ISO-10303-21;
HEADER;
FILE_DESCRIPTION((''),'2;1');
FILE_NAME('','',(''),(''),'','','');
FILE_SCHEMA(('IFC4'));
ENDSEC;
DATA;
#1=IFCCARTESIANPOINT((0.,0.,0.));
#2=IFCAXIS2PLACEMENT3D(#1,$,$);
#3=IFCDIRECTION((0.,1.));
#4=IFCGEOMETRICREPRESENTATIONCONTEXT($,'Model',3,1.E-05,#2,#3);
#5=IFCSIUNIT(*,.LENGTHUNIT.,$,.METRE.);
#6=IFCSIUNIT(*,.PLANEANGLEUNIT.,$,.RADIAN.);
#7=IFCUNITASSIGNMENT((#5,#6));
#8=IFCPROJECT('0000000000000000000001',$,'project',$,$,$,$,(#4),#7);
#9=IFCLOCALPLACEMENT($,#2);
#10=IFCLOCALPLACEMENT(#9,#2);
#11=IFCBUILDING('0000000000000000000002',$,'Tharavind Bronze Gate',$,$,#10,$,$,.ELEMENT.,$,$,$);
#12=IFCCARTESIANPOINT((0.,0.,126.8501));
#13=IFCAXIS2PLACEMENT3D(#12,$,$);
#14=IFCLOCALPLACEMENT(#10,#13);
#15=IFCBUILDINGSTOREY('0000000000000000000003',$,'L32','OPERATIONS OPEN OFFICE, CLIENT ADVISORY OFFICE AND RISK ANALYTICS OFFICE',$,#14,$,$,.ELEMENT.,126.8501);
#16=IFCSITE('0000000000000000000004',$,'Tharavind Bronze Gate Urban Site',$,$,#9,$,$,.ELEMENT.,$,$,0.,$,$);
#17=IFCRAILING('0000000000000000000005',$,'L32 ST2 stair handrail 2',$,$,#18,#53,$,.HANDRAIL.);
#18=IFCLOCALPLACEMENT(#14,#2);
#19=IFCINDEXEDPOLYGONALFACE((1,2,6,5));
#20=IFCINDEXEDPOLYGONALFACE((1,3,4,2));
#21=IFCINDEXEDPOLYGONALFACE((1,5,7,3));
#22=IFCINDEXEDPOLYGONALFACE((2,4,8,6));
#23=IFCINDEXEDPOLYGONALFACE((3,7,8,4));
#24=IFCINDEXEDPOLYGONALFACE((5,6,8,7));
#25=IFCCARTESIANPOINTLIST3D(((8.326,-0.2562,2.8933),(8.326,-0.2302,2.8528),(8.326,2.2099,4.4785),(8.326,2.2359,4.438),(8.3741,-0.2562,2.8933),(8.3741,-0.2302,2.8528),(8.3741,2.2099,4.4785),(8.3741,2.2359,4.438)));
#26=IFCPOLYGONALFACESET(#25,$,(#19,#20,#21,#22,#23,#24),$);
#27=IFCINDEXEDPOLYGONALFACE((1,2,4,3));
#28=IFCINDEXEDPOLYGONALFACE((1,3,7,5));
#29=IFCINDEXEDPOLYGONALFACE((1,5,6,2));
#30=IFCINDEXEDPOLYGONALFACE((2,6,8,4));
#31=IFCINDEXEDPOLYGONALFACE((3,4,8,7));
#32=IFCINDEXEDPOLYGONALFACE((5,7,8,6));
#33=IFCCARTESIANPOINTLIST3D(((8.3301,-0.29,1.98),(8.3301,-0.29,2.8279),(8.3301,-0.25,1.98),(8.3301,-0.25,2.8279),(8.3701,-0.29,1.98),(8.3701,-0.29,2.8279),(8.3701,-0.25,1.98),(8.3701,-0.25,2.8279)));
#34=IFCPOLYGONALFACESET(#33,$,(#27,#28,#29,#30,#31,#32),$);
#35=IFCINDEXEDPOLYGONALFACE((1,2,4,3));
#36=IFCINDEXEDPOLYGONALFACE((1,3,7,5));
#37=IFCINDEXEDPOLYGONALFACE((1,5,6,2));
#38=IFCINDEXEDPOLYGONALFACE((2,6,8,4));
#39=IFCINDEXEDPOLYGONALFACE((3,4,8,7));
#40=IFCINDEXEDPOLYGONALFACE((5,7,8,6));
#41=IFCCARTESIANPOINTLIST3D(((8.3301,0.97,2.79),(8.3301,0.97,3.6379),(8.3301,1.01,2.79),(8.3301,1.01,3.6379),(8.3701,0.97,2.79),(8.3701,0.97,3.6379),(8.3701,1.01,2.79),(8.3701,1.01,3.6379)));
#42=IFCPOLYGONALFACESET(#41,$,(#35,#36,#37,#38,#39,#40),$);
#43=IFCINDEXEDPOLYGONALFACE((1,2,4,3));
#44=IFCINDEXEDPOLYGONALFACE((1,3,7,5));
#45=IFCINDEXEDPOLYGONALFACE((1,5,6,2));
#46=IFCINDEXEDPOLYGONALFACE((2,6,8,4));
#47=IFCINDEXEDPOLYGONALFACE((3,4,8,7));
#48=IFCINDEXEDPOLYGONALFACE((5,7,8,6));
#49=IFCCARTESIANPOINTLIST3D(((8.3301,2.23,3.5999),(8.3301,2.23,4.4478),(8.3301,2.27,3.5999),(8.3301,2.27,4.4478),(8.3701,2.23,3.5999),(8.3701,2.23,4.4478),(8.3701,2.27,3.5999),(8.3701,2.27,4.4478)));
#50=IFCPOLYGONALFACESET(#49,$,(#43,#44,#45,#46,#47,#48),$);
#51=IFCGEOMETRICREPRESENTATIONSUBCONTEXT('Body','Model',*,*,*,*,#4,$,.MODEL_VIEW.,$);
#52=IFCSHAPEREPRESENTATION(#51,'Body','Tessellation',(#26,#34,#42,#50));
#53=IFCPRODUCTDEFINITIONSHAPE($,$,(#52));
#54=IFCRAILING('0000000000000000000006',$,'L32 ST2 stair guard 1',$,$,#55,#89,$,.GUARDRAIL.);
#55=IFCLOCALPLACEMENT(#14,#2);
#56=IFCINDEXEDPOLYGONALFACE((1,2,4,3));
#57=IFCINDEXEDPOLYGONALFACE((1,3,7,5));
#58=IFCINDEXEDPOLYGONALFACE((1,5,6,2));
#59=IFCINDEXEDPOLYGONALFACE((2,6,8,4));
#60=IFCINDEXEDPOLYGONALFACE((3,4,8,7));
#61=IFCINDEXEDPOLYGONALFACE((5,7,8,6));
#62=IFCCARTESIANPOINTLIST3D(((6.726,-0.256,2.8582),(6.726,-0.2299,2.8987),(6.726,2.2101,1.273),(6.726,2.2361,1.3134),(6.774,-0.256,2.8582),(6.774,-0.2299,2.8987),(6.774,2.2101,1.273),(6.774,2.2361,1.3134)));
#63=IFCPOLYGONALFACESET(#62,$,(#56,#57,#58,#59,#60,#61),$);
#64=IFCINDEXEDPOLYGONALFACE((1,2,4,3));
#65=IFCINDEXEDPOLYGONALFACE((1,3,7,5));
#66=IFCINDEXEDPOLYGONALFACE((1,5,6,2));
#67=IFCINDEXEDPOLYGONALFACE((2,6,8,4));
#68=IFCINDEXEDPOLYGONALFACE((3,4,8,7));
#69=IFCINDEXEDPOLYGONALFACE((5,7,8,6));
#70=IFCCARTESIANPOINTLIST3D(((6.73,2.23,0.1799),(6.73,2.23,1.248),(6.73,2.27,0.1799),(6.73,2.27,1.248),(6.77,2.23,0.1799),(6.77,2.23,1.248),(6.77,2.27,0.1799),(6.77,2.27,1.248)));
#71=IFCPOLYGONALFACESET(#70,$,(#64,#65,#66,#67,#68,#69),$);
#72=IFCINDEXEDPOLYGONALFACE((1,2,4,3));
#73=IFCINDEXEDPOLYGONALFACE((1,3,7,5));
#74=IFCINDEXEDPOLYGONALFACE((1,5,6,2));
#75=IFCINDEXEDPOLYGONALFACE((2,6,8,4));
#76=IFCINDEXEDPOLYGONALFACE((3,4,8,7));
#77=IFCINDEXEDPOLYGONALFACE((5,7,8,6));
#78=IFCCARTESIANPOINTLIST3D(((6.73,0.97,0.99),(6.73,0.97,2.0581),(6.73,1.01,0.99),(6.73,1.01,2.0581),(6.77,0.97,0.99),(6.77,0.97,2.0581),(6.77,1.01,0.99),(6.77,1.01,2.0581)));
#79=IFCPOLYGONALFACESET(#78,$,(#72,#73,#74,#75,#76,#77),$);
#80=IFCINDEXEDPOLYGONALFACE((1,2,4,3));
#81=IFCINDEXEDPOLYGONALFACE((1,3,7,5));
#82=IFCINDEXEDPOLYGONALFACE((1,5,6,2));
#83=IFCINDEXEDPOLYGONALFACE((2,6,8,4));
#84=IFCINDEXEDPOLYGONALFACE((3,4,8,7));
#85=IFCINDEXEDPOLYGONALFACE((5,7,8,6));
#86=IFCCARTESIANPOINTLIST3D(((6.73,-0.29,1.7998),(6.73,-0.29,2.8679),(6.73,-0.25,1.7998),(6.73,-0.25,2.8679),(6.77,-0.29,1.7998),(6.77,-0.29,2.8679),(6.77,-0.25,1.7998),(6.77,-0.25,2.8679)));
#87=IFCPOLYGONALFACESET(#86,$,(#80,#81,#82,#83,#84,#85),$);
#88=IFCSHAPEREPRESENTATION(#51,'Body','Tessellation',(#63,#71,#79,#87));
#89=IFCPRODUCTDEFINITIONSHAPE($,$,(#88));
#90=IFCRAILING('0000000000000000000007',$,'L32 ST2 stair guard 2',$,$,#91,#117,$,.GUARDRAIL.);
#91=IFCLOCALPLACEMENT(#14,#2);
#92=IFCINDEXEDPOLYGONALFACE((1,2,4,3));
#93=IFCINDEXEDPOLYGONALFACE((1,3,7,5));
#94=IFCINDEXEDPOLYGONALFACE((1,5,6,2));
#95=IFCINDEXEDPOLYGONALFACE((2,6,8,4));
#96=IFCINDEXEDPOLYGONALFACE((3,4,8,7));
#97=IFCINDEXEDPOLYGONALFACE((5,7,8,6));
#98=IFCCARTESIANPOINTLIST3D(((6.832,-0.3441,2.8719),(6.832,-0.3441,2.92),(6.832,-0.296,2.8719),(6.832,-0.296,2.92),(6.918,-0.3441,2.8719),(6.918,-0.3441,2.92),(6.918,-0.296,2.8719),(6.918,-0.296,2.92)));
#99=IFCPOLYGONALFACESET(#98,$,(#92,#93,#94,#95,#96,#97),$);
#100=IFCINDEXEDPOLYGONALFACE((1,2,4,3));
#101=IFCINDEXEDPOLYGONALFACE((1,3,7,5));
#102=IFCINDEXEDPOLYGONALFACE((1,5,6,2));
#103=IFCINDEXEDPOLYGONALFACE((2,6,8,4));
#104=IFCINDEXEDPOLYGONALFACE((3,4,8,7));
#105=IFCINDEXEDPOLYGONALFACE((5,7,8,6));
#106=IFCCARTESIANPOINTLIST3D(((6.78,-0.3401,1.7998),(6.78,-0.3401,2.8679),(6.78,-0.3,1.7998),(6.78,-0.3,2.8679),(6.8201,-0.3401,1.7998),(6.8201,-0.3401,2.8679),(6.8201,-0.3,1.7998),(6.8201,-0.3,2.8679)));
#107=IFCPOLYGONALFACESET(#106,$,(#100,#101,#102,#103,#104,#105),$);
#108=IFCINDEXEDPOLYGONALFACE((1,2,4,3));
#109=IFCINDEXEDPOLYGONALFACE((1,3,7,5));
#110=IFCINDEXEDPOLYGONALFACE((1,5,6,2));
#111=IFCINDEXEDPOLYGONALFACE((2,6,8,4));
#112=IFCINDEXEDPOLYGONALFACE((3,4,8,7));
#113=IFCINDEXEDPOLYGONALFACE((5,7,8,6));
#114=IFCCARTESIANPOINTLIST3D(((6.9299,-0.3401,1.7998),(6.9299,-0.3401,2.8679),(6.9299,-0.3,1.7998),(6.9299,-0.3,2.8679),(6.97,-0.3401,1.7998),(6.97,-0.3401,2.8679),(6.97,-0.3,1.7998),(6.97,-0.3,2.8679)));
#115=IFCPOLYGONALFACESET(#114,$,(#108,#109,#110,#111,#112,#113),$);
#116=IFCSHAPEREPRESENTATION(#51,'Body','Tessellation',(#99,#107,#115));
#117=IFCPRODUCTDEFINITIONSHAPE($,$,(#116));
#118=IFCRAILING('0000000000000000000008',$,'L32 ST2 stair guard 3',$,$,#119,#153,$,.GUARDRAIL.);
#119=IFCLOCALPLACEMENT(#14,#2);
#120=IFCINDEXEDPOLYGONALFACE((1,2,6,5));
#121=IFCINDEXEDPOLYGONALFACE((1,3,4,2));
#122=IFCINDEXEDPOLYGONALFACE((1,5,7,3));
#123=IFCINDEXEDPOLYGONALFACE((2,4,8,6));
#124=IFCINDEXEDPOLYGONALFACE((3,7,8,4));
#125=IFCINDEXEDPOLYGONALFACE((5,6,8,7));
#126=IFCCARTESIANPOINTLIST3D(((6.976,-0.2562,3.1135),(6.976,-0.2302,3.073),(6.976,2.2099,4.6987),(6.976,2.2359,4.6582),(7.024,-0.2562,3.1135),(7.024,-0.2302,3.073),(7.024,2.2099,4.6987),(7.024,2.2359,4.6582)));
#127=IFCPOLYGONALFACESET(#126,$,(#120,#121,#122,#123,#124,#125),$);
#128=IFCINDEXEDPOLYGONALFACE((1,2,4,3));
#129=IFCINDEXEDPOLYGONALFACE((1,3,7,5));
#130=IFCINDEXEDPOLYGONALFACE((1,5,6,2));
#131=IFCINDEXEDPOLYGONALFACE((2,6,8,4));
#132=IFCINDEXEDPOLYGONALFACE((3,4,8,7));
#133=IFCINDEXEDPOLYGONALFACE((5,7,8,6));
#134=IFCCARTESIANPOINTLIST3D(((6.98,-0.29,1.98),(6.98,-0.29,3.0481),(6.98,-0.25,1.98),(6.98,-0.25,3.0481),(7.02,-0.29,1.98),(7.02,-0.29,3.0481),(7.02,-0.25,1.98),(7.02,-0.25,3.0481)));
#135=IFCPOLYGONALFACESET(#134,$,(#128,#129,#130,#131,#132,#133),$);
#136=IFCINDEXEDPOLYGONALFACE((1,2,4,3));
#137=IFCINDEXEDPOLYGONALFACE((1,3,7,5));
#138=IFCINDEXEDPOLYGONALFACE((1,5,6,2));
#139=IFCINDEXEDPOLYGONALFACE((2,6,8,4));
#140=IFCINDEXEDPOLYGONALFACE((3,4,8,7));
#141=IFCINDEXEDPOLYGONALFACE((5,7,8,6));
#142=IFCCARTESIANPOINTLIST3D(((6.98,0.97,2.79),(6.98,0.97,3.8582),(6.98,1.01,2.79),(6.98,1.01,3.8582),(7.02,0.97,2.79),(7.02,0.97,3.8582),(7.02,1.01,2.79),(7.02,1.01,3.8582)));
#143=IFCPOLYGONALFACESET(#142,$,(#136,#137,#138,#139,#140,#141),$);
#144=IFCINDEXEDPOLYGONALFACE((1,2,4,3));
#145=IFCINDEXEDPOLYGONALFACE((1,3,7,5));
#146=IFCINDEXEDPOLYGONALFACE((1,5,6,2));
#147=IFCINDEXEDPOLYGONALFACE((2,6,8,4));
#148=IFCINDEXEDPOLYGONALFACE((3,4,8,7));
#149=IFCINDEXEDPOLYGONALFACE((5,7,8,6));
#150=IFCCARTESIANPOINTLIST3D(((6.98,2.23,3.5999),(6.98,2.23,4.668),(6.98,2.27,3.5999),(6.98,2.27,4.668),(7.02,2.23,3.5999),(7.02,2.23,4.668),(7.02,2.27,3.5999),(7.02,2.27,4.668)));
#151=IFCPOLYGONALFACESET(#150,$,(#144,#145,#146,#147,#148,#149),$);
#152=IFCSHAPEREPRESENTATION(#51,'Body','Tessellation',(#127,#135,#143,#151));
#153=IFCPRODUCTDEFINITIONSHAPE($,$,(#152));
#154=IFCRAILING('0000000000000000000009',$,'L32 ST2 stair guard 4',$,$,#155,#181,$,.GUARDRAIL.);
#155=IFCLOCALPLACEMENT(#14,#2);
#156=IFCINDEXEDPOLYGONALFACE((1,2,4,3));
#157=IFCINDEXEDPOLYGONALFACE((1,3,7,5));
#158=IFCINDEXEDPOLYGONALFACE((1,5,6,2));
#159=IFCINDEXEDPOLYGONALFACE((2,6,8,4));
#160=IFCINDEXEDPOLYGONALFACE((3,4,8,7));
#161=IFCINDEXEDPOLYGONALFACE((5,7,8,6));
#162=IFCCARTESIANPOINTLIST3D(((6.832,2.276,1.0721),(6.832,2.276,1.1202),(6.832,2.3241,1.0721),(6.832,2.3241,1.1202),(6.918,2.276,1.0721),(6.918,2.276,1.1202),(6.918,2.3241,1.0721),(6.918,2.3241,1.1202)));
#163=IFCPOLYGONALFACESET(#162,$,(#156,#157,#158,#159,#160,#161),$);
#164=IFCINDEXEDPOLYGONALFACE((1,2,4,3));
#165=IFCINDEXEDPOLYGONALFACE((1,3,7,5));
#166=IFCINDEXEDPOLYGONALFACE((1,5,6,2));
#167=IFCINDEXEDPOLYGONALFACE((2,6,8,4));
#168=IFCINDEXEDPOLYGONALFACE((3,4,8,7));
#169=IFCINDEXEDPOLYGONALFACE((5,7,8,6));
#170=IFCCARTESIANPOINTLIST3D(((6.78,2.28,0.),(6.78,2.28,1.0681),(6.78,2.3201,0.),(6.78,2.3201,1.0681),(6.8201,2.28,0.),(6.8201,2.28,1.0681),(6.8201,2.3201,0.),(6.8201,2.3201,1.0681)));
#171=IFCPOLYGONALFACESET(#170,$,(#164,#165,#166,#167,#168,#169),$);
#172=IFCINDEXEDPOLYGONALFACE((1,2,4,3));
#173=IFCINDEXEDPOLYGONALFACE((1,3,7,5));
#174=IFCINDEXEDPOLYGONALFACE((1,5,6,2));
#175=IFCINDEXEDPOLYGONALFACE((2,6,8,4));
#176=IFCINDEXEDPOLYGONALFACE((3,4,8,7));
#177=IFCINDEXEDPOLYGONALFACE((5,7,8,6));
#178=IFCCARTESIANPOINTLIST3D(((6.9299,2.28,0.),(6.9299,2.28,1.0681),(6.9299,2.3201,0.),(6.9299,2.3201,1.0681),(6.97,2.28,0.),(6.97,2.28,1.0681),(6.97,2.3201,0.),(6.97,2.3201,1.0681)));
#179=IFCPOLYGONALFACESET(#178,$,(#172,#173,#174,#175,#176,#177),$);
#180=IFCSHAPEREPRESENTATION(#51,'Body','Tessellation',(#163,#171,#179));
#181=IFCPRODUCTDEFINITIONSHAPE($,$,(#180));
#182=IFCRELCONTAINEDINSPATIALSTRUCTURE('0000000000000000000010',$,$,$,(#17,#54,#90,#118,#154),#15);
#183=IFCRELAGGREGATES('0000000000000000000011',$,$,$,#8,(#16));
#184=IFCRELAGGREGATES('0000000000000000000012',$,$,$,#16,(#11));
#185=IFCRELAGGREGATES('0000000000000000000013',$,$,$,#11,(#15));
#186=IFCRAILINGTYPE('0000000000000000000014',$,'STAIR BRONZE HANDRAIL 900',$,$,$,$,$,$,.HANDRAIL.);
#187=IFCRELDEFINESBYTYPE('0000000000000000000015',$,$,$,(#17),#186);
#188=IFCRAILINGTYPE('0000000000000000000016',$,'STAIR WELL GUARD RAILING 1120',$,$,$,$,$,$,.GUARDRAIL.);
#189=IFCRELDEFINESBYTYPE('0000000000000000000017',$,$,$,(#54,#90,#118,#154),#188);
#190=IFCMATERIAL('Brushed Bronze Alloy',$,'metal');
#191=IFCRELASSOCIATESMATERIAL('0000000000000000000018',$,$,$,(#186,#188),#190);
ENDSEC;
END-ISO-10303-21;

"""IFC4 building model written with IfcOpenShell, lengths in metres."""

from ifc_helpers import new_model, si_unit, direction, frame, origin, origin_2d, place, context, subcontext, project, spatial, rectangle, extrude, material, type_object, element, save


model = new_model("IFC4")

# Units and contexts
model_context = context("Model", 3, precision=1e-05, world=origin(), true_north=direction((0.0, 1.0)))
body_context = subcontext(model_context, "Body", "Model", "MODEL_VIEW")
ifc_project = project(units=[si_unit("LENGTHUNIT", "METRE"), si_unit("PLANEANGLEUNIT", "RADIAN")], contexts=[model_context])

# Site, building, storey
site_placement = place(None, origin())
site = spatial("IfcSite", under=ifc_project, at=site_placement, Name="Tharavind Bronze Gate Urban Site", CompositionType="ELEMENT", RefElevation=0.0)
building_placement = place(site_placement, origin())
building = spatial("IfcBuilding", under=site, at=building_placement, Name="Tharavind Bronze Gate", CompositionType="ELEMENT")
storey_placement = place(building_placement, frame((0.0, 0.0, 126.8501)))
storey = spatial("IfcBuildingStorey", under=building, at=storey_placement, Name="L32", Description="OPERATIONS OPEN OFFICE, CLIENT ADVISORY OFFICE AND RISK ANALYTICS OFFICE", CompositionType="ELEMENT", Elevation=126.8501)

# Railings
ifc_material_1 = material(Name="Brushed Bronze Alloy", Category="metal")
railing_type_1 = type_object("IfcRailingType", Name="STAIR BRONZE HANDRAIL 900", PredefinedType="HANDRAIL", material=ifc_material_1)
railing_1_placement = place(storey_placement, frame((8.3501, -0.27, 1.98)))
element("IfcRailing", 1, at=railing_1_placement, inside=storey, type_object=railing_type_1, Name="L32 ST2 stair handrail 2", PredefinedType="HANDRAIL", context=body_context, shape_type="SweptSolid", body=[
    extrude(rectangle(XDim=0.0481, YDim=0.0481, at=origin_2d()), frame((0.0, 0.0269, 0.8931), z_axis=(0.0, 0.8412, 0.540725), x_axis=(-1.0, 0.0, 0.0)), (0.0, 0.0, 1.0), 2.9316),
    extrude(rectangle(XDim=0.04, YDim=0.04, at=origin_2d()), origin(), (0.0, 0.0, 1.0), 0.8479),
    extrude(rectangle(XDim=0.04, YDim=0.04, at=origin_2d()), frame((0.0, 1.26, 0.8101)), (0.0, 0.0, 1.0), 0.8479),
    extrude(rectangle(XDim=0.04, YDim=0.04, at=origin_2d()), frame((0.0, 2.52, 1.6199)), (0.0, 0.0, 1.0), 0.8479),
])
railing_type_2 = type_object("IfcRailingType", Name="STAIR WELL GUARD RAILING 1120", PredefinedType="GUARDRAIL", material=ifc_material_1)
railing_2_placement = place(storey_placement, frame((6.75, 2.25, 0.1799)))
element("IfcRailing", 2, at=railing_2_placement, inside=storey, type_object=railing_type_2, Name="L32 ST2 stair guard 1", PredefinedType="GUARDRAIL", context=body_context, shape_type="SweptSolid", body=[
    extrude(rectangle(XDim=0.0481, YDim=0.0481, at=origin_2d()), frame((0.0, -0.0269, 1.1133), z_axis=(0.0, -0.8412, 0.540725), x_axis=(1.0, 0.0, 0.0)), (0.0, 0.0, 1.0), 2.9316),
    extrude(rectangle(XDim=0.04, YDim=0.04, at=origin_2d()), origin(), (0.0, 0.0, 1.0), 1.0681),
    extrude(rectangle(XDim=0.04, YDim=0.04, at=origin_2d()), frame((0.0, -1.26, 0.8101)), (0.0, 0.0, 1.0), 1.0681),
    extrude(rectangle(XDim=0.04, YDim=0.04, at=origin_2d()), frame((0.0, -2.52, 1.6199)), (0.0, 0.0, 1.0), 1.0681),
])
railing_3_placement = place(storey_placement, frame((6.8, -0.3201, 1.7998)))
element("IfcRailing", 3, at=railing_3_placement, inside=storey, type_object=railing_type_2, Name="L32 ST2 stair guard 2", PredefinedType="GUARDRAIL", context=body_context, shape_type="SweptSolid", body=[
    extrude(rectangle(XDim=0.0481, YDim=0.0481, at=origin_2d()), frame((0.032, 0.0, 1.0962), z_axis=(1.0, 0.0, 0.0), x_axis=(0.0, 1.0, 0.0)), (0.0, 0.0, 1.0), 0.0859),
    extrude(rectangle(XDim=0.04, YDim=0.04, at=origin_2d()), origin(), (0.0, 0.0, 1.0), 1.0681),
    extrude(rectangle(XDim=0.04, YDim=0.04, at=origin_2d()), frame((0.1499, 0.0, 0.0)), (0.0, 0.0, 1.0), 1.0681),
])
railing_4_placement = place(storey_placement, frame((7.0, -0.27, 1.98)))
element("IfcRailing", 4, at=railing_4_placement, inside=storey, type_object=railing_type_2, Name="L32 ST2 stair guard 3", PredefinedType="GUARDRAIL", context=body_context, shape_type="SweptSolid", body=[
    extrude(rectangle(XDim=0.0481, YDim=0.0481, at=origin_2d()), frame((0.0, 0.0269, 1.1133), z_axis=(0.0, 0.8412, 0.540725), x_axis=(-1.0, 0.0, 0.0)), (0.0, 0.0, 1.0), 2.9316),
    extrude(rectangle(XDim=0.04, YDim=0.04, at=origin_2d()), origin(), (0.0, 0.0, 1.0), 1.0681),
    extrude(rectangle(XDim=0.04, YDim=0.04, at=origin_2d()), frame((0.0, 1.26, 0.8101)), (0.0, 0.0, 1.0), 1.0681),
    extrude(rectangle(XDim=0.04, YDim=0.04, at=origin_2d()), frame((0.0, 2.52, 1.6199)), (0.0, 0.0, 1.0), 1.0681),
])
railing_5_placement = place(storey_placement, frame((6.8, 2.3, 0.0)))
element("IfcRailing", 5, at=railing_5_placement, inside=storey, type_object=railing_type_2, Name="L32 ST2 stair guard 4", PredefinedType="GUARDRAIL", context=body_context, shape_type="SweptSolid", body=[
    extrude(rectangle(XDim=0.0481, YDim=0.0481, at=origin_2d()), frame((0.032, 0.0, 1.0962), z_axis=(1.0, 0.0, 0.0), x_axis=(0.0, 1.0, 0.0)), (0.0, 0.0, 1.0), 0.0859),
    extrude(rectangle(XDim=0.04, YDim=0.04, at=origin_2d()), origin(), (0.0, 0.0, 1.0), 1.0681),
    extrude(rectangle(XDim=0.04, YDim=0.04, at=origin_2d()), frame((0.1499, 0.0, 0.0)), (0.0, 0.0, 1.0), 1.0681),
])

save(model, "model.ifc")
